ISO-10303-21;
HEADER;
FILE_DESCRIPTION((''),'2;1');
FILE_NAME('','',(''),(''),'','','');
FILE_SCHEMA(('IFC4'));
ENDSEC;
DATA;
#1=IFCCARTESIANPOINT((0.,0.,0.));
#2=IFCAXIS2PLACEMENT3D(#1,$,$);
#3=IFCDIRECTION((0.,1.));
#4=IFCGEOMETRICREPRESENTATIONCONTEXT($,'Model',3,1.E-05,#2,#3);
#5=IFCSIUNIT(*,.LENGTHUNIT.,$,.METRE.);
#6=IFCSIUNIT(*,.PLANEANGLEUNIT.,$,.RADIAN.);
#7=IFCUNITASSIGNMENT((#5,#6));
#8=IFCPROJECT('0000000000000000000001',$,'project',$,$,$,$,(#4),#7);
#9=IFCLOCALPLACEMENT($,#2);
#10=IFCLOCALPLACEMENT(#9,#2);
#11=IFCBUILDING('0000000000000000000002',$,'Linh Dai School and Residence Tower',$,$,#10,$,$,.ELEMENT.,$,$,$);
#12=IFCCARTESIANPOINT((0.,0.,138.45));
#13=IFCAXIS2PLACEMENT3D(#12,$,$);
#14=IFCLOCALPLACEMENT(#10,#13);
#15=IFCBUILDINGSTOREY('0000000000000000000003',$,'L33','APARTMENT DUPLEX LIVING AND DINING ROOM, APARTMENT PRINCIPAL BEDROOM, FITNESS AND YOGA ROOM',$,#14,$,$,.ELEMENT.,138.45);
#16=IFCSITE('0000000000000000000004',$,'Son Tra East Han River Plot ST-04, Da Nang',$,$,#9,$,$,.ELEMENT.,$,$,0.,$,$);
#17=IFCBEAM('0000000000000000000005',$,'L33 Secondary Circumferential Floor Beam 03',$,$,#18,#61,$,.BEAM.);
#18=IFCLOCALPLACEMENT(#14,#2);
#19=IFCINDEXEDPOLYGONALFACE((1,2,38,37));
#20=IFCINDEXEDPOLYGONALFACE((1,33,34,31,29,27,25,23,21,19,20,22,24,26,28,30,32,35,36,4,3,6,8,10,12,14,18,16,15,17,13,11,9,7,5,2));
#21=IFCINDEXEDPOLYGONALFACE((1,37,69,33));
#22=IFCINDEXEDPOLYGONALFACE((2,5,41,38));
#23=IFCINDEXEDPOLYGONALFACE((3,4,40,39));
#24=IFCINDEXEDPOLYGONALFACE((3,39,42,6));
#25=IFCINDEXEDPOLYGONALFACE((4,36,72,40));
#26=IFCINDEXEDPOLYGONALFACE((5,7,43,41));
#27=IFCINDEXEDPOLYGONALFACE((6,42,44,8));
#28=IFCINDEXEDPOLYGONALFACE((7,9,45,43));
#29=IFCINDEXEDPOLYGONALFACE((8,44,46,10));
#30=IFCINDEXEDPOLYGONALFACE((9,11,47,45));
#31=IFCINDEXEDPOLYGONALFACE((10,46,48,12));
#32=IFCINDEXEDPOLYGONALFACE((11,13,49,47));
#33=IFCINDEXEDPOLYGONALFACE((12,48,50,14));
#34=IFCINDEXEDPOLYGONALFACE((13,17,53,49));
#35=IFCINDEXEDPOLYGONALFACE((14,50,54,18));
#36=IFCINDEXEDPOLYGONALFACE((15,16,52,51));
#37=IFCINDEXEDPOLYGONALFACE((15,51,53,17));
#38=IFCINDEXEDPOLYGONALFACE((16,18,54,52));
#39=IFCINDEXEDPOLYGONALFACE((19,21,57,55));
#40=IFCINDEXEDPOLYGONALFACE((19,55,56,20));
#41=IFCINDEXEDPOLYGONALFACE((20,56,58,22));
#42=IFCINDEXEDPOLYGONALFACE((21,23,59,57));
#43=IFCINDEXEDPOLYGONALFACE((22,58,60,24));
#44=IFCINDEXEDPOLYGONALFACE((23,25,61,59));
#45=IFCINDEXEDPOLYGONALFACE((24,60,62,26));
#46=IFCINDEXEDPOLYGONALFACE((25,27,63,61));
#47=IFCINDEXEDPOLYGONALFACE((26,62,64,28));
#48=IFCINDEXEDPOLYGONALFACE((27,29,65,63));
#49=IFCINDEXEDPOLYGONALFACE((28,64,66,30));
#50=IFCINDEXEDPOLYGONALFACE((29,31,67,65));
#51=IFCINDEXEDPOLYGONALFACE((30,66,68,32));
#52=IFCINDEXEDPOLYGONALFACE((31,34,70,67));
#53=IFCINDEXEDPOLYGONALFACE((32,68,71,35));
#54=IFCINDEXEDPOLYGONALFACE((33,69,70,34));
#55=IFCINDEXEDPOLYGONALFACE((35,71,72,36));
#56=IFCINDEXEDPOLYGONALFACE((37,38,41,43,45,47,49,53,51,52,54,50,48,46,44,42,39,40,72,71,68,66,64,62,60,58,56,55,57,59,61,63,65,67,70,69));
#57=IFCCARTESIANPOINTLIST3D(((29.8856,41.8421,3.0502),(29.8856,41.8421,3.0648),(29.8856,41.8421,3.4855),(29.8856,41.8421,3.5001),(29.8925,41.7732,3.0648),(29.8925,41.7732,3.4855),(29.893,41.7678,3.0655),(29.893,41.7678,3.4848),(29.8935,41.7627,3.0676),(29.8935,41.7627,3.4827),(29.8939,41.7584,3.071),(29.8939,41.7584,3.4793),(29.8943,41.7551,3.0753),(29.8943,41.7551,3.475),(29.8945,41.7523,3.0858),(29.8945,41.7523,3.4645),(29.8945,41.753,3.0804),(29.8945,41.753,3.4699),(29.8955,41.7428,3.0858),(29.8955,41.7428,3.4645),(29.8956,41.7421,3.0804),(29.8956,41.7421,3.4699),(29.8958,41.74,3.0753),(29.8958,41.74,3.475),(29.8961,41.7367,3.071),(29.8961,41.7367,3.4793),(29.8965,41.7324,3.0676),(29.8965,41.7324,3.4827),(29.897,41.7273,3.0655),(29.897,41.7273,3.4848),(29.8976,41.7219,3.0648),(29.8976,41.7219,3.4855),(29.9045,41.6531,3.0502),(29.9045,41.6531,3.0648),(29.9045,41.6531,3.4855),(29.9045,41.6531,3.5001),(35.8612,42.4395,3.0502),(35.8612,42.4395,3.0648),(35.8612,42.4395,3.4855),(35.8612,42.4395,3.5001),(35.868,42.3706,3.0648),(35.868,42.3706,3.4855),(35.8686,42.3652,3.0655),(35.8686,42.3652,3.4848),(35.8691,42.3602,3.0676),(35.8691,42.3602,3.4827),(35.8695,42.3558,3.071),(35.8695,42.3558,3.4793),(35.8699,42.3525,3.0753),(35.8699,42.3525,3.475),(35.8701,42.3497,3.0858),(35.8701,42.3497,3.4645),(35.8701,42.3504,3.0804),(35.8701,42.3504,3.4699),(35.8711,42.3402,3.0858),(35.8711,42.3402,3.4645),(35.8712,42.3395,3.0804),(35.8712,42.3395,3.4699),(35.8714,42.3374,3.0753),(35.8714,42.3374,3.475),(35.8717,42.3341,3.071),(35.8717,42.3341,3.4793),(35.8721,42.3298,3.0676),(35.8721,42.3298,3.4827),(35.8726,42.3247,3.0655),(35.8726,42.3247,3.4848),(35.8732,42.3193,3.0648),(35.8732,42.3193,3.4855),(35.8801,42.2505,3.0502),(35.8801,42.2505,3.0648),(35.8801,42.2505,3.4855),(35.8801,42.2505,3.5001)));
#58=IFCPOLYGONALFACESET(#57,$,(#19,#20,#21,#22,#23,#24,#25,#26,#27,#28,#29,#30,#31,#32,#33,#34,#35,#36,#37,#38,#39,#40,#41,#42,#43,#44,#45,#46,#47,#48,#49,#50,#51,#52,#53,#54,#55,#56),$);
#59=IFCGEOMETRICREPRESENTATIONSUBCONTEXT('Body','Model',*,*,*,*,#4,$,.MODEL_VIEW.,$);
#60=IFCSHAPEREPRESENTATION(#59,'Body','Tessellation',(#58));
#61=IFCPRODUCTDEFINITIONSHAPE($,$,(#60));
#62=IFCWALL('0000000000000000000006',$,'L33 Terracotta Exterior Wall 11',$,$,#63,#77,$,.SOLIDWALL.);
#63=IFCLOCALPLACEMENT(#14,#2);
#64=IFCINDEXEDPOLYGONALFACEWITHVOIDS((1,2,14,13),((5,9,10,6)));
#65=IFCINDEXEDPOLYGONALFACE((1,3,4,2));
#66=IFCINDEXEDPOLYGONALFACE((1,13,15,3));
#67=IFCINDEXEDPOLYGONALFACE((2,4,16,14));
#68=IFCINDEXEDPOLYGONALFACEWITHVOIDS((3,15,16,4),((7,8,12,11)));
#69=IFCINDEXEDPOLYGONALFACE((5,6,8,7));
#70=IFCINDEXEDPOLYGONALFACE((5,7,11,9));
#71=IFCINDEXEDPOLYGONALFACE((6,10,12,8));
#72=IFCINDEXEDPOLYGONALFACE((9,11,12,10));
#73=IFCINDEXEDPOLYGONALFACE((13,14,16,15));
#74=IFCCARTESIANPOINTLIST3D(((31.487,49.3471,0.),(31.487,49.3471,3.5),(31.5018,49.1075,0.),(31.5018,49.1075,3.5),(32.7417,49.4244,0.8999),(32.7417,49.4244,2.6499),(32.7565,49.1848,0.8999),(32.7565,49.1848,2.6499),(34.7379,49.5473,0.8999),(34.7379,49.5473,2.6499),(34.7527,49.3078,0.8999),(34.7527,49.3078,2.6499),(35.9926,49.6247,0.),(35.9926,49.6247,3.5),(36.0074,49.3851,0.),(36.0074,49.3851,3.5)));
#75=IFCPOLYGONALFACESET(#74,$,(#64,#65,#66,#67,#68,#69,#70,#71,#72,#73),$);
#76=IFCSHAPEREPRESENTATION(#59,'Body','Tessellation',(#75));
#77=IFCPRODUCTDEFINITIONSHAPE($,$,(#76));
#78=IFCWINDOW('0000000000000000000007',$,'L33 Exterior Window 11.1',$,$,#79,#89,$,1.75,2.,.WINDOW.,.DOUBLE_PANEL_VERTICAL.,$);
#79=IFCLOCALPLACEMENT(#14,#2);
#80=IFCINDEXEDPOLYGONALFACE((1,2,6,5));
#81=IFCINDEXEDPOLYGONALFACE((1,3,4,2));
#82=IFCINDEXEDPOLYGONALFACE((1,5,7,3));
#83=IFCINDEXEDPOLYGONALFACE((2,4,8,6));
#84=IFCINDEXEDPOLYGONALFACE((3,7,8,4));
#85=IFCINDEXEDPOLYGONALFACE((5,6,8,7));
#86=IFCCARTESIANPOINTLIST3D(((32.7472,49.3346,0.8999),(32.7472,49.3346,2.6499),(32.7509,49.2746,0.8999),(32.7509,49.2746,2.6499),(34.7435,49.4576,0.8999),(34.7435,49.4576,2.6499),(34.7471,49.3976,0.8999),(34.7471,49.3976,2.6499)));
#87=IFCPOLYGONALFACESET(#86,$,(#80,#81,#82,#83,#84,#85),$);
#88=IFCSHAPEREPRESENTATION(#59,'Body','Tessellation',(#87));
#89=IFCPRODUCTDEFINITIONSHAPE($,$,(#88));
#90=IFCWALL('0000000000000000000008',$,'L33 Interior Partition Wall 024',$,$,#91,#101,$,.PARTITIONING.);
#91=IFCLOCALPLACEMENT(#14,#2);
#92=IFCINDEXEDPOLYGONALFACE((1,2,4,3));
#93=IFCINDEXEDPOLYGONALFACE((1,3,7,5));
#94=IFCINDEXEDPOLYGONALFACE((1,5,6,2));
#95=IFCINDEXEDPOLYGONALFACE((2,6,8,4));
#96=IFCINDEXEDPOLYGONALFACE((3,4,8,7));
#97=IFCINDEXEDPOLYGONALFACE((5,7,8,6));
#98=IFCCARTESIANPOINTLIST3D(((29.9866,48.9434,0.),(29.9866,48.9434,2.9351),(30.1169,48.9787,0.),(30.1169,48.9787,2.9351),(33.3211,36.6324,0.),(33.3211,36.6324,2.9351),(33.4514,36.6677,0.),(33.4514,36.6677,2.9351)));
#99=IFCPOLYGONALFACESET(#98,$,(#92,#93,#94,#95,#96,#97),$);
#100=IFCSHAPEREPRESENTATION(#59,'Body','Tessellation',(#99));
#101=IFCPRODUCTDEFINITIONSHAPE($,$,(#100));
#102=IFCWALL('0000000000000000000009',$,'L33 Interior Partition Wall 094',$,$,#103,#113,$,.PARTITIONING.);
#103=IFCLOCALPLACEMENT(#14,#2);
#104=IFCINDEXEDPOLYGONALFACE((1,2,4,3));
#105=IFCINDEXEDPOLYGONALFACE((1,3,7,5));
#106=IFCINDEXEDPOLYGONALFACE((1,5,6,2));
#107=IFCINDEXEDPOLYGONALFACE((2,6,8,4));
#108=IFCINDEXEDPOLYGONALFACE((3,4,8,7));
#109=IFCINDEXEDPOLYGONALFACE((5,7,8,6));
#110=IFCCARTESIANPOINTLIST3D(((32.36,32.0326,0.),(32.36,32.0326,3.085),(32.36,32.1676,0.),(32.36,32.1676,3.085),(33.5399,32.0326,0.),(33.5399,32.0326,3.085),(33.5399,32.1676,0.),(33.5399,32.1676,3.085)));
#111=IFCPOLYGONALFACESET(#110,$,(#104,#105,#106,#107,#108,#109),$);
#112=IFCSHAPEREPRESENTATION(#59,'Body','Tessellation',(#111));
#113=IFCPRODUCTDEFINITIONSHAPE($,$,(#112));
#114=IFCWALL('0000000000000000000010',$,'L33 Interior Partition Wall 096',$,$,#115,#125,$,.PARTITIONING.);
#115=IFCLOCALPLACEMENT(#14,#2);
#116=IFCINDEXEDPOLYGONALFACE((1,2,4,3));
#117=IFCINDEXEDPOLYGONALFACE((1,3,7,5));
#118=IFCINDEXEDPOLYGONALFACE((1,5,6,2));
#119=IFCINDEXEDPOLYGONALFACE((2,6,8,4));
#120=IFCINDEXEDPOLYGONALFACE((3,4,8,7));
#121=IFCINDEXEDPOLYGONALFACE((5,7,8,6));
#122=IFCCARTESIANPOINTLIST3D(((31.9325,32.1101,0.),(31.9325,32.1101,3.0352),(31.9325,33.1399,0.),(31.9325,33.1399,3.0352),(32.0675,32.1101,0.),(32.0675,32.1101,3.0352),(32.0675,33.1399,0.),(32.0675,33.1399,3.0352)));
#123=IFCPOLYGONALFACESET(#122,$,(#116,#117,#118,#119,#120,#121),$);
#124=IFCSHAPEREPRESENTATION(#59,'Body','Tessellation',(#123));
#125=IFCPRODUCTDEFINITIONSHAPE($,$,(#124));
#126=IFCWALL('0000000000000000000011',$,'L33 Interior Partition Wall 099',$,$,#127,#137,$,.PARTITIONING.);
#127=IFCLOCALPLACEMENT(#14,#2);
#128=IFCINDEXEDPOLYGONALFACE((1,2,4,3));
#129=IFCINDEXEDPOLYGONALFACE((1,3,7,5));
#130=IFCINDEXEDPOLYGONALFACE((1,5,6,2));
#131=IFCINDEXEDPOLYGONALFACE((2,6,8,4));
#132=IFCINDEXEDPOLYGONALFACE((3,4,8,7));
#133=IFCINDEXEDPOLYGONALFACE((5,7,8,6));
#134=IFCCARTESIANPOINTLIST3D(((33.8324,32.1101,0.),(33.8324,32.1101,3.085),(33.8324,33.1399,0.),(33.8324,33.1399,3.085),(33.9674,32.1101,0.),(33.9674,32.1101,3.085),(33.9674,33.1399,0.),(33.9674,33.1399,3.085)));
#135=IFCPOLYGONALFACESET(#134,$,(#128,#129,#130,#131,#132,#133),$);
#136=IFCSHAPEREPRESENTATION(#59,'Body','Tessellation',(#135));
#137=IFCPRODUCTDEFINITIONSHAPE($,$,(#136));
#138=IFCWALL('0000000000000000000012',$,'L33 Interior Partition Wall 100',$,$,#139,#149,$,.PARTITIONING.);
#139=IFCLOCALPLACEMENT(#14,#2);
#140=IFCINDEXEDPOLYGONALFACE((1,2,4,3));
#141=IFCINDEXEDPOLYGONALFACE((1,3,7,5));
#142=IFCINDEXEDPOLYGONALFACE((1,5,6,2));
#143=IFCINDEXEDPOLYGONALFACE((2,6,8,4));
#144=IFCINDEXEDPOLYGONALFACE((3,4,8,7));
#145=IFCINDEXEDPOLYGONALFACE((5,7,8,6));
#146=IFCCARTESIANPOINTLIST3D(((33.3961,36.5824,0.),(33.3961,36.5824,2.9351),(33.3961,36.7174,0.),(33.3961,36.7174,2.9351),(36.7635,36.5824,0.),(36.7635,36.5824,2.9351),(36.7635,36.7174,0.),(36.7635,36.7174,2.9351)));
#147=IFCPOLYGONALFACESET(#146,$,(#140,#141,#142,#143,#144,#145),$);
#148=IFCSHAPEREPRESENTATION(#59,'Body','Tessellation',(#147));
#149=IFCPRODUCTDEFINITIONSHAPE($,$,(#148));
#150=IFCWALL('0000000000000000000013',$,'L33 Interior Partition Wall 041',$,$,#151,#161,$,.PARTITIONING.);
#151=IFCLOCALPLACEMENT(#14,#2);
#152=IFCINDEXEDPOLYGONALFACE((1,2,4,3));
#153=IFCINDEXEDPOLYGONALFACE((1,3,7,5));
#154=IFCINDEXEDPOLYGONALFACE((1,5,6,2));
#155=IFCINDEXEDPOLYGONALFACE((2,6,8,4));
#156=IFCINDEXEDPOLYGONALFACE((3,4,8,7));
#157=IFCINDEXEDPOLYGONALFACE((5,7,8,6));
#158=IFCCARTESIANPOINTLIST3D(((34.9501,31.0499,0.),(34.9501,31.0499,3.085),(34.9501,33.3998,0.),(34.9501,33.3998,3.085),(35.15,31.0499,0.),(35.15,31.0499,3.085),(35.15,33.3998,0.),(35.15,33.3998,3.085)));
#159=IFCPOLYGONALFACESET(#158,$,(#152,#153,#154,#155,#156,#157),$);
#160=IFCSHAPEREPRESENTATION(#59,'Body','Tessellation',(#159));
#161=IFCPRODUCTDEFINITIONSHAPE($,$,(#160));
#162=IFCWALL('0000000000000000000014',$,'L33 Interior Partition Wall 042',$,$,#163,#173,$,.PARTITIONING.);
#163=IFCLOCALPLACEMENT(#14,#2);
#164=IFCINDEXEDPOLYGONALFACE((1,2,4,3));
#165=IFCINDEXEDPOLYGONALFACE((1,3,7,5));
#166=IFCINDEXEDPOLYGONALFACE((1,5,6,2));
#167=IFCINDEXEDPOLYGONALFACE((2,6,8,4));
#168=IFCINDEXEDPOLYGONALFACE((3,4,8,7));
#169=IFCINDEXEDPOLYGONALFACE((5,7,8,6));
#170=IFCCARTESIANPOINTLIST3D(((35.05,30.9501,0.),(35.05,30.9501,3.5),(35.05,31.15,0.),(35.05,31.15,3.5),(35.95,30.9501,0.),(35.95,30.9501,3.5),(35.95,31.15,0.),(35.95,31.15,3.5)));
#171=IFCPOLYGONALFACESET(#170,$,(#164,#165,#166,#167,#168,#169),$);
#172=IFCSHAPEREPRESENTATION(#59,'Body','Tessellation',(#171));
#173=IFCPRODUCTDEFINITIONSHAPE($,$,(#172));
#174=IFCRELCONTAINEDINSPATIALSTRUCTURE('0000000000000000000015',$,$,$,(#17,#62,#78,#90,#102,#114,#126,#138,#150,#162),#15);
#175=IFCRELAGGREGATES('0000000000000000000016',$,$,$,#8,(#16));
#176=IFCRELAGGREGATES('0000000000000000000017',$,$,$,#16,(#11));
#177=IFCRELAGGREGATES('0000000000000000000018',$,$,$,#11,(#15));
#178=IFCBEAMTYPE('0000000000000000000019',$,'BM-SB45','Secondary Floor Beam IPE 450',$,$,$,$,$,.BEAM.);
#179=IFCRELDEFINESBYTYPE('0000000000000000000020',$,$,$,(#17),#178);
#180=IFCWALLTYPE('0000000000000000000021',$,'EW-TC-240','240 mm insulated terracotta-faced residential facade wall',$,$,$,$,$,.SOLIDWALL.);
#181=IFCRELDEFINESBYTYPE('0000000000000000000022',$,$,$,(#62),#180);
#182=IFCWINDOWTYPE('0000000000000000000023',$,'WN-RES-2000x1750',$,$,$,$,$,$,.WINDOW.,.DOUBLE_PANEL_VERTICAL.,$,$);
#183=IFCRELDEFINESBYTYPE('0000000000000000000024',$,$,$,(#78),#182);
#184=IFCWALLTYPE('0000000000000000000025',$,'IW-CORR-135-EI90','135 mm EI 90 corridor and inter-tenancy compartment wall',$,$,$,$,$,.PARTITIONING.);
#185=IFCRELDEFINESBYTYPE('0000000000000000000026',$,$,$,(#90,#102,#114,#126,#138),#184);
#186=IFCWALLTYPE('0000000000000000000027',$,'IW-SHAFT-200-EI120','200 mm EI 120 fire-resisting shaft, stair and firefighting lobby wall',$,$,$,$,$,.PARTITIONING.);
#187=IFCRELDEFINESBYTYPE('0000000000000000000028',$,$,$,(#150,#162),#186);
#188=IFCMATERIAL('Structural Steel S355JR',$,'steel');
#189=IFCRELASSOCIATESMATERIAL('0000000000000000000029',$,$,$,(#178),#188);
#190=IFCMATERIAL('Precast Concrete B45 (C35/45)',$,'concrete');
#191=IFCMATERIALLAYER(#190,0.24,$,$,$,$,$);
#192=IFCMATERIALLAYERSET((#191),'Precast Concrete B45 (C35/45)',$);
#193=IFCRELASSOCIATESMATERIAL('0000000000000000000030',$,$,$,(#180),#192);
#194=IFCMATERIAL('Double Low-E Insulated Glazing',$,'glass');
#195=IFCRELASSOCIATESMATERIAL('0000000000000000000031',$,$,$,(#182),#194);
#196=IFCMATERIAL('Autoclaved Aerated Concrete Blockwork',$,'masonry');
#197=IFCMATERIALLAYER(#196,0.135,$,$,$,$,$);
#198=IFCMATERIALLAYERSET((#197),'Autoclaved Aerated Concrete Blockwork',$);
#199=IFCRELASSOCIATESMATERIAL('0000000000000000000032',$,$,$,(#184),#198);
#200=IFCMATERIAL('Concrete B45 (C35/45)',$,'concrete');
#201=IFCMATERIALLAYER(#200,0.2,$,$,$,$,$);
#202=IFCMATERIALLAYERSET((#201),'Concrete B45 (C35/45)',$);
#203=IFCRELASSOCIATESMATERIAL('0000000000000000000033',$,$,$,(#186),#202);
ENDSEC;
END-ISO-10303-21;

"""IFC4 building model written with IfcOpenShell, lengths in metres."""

from ifc_helpers import new_model, si_unit, direction, frame, frame_2d, origin, origin_2d, place, context, subcontext, project, spatial, rectangle, i_section, extrude, source, transform, mapped, material, layer, layer_set, material_profile, profile_set, type_object, element, fill, save


model = new_model("IFC4")

# Units and contexts
model_context = context("Model", 3, precision=1e-05, world=origin(), true_north=direction((0.0, 1.0)))
body_context = subcontext(model_context, "Body", "Model", "MODEL_VIEW")
ifc_project = project(units=[si_unit("LENGTHUNIT", "METRE"), si_unit("PLANEANGLEUNIT", "RADIAN")], contexts=[model_context])

# Site, building, storey
site_placement = place(None, origin())
site = spatial("IfcSite", under=ifc_project, at=site_placement, Name="Son Tra East Han River Plot ST-04, Da Nang", CompositionType="ELEMENT", RefElevation=0.0)
building_placement = place(site_placement, origin())
building = spatial("IfcBuilding", under=site, at=building_placement, Name="Linh Dai School and Residence Tower", CompositionType="ELEMENT")
storey_placement = place(building_placement, frame((0.0, 0.0, 138.45)))
storey = spatial("IfcBuildingStorey", under=building, at=storey_placement, Name="L33", Description="APARTMENT DUPLEX LIVING AND DINING ROOM, APARTMENT PRINCIPAL BEDROOM, FITNESS AND YOGA ROOM", CompositionType="ELEMENT", Elevation=138.45)

# Shared definitions
ifc_material_1 = material(Name="Structural Steel S355JR", Category="steel")

# Beam
ifc_material_profile_1 = material_profile(ifc_material_1, i_section(OverallWidth=0.1899, OverallDepth=0.45, WebThickness=0.0095, FlangeThickness=0.0146, FilletRadius=0.021, at=origin_2d()), Name="IPE 450")
ifc_profile_set_1 = profile_set([ifc_material_profile_1], Name="Structural Steel S355JR")
beam_type_1 = type_object("IfcBeamType", Name="BM-SB45", Description="Secondary Floor Beam IPE 450", PredefinedType="BEAM", material=ifc_profile_set_1)
beam_1_placement = place(storey_placement, frame((35.8706, 42.345, 3.2751), z_axis=(-0.99504, -0.09948, 0.0), x_axis=(0.09948, -0.99504, 0.0)))
element("IfcBeam", 1, at=beam_1_placement, inside=storey, type_object=beam_type_1, Name="L33 Secondary Circumferential Floor Beam 03", PredefinedType="BEAM", context=body_context, shape_type="SweptSolid", body=[
    extrude(i_section(OverallWidth=0.1899, OverallDepth=0.45, WebThickness=0.0095, FlangeThickness=0.0146, FilletRadius=0.021, at=origin_2d()), origin(), (0.0, 0.0, 1.0), 6.0054),
])

# Wall, opening, window
ifc_material_2 = material(Name="Precast Concrete B45 (C35/45)", Category="concrete")
ifc_layer_1 = layer(ifc_material_2, 0.24)
ifc_layer_set_1 = layer_set([ifc_layer_1], Name="Precast Concrete B45 (C35/45)")
wall_type_1 = type_object("IfcWallType", Name="EW-TC-240", Description="240 mm insulated terracotta-faced residential facade wall", PredefinedType="SOLIDWALL", material=ifc_layer_set_1)
wall_1_placement = place(storey_placement, frame((31.4944, 49.2273, 0.0), z_axis=(0.0, 0.0, 1.0), x_axis=(0.998108, 0.061493, 0.0)))
wall_1 = element("IfcWall", 2, at=wall_1_placement, inside=storey, type_object=wall_type_1, Name="L33 Terracotta Exterior Wall 11", PredefinedType="SOLIDWALL", context=body_context, shape_type="SweptSolid", body=[
    extrude(rectangle(XDim=4.5142, YDim=0.24, at=frame_2d((2.2571, 0.0))), origin(), (0.0, 0.0, 1.0), 3.5),
])
opening_1_placement = place(wall_1_placement, frame((1.2571, 0.0, 0.8999)))
opening_1 = element("IfcOpeningElement", 3, at=opening_1_placement, cuts=wall_1, PredefinedType="OPENING", context=body_context, shape_type="SweptSolid", body=[
    extrude(rectangle(XDim=2.0, YDim=1.75, at=origin_2d()), frame((1.0, 0.1299, 0.875), z_axis=(0.0, -1.0, 0.0), x_axis=(1.0, 0.0, 0.0)), (0.0, 0.0, 1.0), 0.26),
])
ifc_material_3 = material(Name="Double Low-E Insulated Glazing", Category="glass")
window_type = type_object("IfcWindowType", Name="WN-RES-2000x1750", PartitioningType="DOUBLE_PANEL_VERTICAL", PredefinedType="WINDOW", material=ifc_material_3)
shared_shape_1 = source(origin(), body_context, "Body", "SweptSolid", [
    extrude(rectangle(XDim=2.0, YDim=1.75, at=origin_2d()), frame((1.0, 0.03, 0.875), z_axis=(0.0, -1.0, 0.0), x_axis=(1.0, 0.0, 0.0)), (0.0, 0.0, 1.0), 0.0601),
])
window_placement = place(opening_1_placement, origin())
window = element("IfcWindow", 4, at=window_placement, inside=storey, type_object=window_type, Name="L33 Exterior Window 11.1", OverallHeight=1.75, OverallWidth=2.0, PartitioningType="DOUBLE_PANEL_VERTICAL", PredefinedType="WINDOW", context=body_context, shape_type="MappedRepresentation", body=[
    mapped(shared_shape_1, transform((0.0, 0.0, 0.0), x_axis=(1.0, 0.0, 0.0), y_axis=(0.0, 1.0, 0.0), z_axis=(0.0, 0.0, 1.0), scale=1.0)),
])
fill(opening_1, window)

# Walls
ifc_material_4 = material(Name="Autoclaved Aerated Concrete Blockwork", Category="masonry")
ifc_layer_2 = layer(ifc_material_4, 0.135)
ifc_layer_set_2 = layer_set([ifc_layer_2], Name="Autoclaved Aerated Concrete Blockwork")
wall_type_2 = type_object("IfcWallType", Name="IW-CORR-135-EI90", Description="135 mm EI 90 corridor and inter-tenancy compartment wall", PredefinedType="PARTITIONING", material=ifc_layer_set_2)
wall_2_placement = place(storey_placement, frame((30.0518, 48.9612, 0.0), z_axis=(0.0, 0.0, 1.0), x_axis=(0.261433, -0.965222, 0.0)))
element("IfcWall", 5, at=wall_2_placement, inside=storey, type_object=wall_type_2, Name="L33 Interior Partition Wall 024", PredefinedType="PARTITIONING", context=body_context, shape_type="SweptSolid", body=[
    extrude(rectangle(XDim=12.7546, YDim=0.135, at=frame_2d((6.3774, 0.0))), origin(), (0.0, 0.0, 1.0), 2.9351),
])
wall_3_placement = place(storey_placement, frame((32.3601, 32.1001, 0.0), z_axis=(0.0, 0.0, 1.0), x_axis=(1.0, 0.0, 0.0)))
element("IfcWall", 6, at=wall_3_placement, inside=storey, type_object=wall_type_2, Name="L33 Interior Partition Wall 094", PredefinedType="PARTITIONING", context=body_context, shape_type="SweptSolid", body=[
    extrude(rectangle(XDim=1.1799, YDim=0.135, at=frame_2d((0.5898, 0.0))), origin(), (0.0, 0.0, 1.0), 3.085),
])
wall_4_placement = place(storey_placement, frame((32.0, 33.1399, 0.0), z_axis=(0.0, 0.0, 1.0), x_axis=(0.0, -1.0, 0.0)))
element("IfcWall", 7, at=wall_4_placement, inside=storey, type_object=wall_type_2, Name="L33 Interior Partition Wall 096", PredefinedType="PARTITIONING", context=body_context, shape_type="SweptSolid", body=[
    extrude(rectangle(XDim=1.0298, YDim=0.135, at=frame_2d((0.5149, 0.0))), origin(), (0.0, 0.0, 1.0), 3.0352),
])
wall_5_placement = place(storey_placement, frame((33.8999, 32.1101, 0.0), z_axis=(0.0, 0.0, 1.0), x_axis=(0.0, 1.0, 0.0)))
element("IfcWall", 8, at=wall_5_placement, inside=storey, type_object=wall_type_2, Name="L33 Interior Partition Wall 099", PredefinedType="PARTITIONING", context=body_context, shape_type="SweptSolid", body=[
    extrude(rectangle(XDim=1.0298, YDim=0.135, at=frame_2d((0.5149, 0.0))), origin(), (0.0, 0.0, 1.0), 3.085),
])
wall_6_placement = place(storey_placement, frame((33.3962, 36.6499, 0.0), z_axis=(0.0, 0.0, 1.0), x_axis=(1.0, 0.0, 0.0)))
element("IfcWall", 9, at=wall_6_placement, inside=storey, type_object=wall_type_2, Name="L33 Interior Partition Wall 100", PredefinedType="PARTITIONING", context=body_context, shape_type="SweptSolid", body=[
    extrude(rectangle(XDim=3.3674, YDim=0.135, at=frame_2d((1.6836, 0.0))), origin(), (0.0, 0.0, 1.0), 2.9351),
])
ifc_material_5 = material(Name="Concrete B45 (C35/45)", Category="concrete")
ifc_layer_3 = layer(ifc_material_5, 0.2)
ifc_layer_set_3 = layer_set([ifc_layer_3], Name="Concrete B45 (C35/45)")
wall_type_3 = type_object("IfcWallType", Name="IW-SHAFT-200-EI120", Description="200 mm EI 120 fire-resisting shaft, stair and firefighting lobby wall", PredefinedType="PARTITIONING", material=ifc_layer_set_3)
wall_7_placement = place(storey_placement, frame((35.05, 31.05, 0.0), z_axis=(0.0, 0.0, 1.0), x_axis=(0.0, 1.0, 0.0)))
element("IfcWall", 10, at=wall_7_placement, inside=storey, type_object=wall_type_3, Name="L33 Interior Partition Wall 041", PredefinedType="PARTITIONING", context=body_context, shape_type="SweptSolid", body=[
    extrude(rectangle(XDim=2.3499, YDim=0.2, at=frame_2d((1.1748, 0.0))), origin(), (0.0, 0.0, 1.0), 3.085),
])
wall_8_placement = place(storey_placement, frame((35.05, 31.05, 0.0), z_axis=(0.0, 0.0, 1.0), x_axis=(1.0, 0.0, 0.0)))
element("IfcWall", 11, at=wall_8_placement, inside=storey, type_object=wall_type_3, Name="L33 Interior Partition Wall 042", PredefinedType="PARTITIONING", context=body_context, shape_type="SweptSolid", body=[
    extrude(rectangle(XDim=0.8999, YDim=0.2, at=frame_2d((0.45, 0.0))), origin(), (0.0, 0.0, 1.0), 3.5),
])

save(model, "model.ifc")
